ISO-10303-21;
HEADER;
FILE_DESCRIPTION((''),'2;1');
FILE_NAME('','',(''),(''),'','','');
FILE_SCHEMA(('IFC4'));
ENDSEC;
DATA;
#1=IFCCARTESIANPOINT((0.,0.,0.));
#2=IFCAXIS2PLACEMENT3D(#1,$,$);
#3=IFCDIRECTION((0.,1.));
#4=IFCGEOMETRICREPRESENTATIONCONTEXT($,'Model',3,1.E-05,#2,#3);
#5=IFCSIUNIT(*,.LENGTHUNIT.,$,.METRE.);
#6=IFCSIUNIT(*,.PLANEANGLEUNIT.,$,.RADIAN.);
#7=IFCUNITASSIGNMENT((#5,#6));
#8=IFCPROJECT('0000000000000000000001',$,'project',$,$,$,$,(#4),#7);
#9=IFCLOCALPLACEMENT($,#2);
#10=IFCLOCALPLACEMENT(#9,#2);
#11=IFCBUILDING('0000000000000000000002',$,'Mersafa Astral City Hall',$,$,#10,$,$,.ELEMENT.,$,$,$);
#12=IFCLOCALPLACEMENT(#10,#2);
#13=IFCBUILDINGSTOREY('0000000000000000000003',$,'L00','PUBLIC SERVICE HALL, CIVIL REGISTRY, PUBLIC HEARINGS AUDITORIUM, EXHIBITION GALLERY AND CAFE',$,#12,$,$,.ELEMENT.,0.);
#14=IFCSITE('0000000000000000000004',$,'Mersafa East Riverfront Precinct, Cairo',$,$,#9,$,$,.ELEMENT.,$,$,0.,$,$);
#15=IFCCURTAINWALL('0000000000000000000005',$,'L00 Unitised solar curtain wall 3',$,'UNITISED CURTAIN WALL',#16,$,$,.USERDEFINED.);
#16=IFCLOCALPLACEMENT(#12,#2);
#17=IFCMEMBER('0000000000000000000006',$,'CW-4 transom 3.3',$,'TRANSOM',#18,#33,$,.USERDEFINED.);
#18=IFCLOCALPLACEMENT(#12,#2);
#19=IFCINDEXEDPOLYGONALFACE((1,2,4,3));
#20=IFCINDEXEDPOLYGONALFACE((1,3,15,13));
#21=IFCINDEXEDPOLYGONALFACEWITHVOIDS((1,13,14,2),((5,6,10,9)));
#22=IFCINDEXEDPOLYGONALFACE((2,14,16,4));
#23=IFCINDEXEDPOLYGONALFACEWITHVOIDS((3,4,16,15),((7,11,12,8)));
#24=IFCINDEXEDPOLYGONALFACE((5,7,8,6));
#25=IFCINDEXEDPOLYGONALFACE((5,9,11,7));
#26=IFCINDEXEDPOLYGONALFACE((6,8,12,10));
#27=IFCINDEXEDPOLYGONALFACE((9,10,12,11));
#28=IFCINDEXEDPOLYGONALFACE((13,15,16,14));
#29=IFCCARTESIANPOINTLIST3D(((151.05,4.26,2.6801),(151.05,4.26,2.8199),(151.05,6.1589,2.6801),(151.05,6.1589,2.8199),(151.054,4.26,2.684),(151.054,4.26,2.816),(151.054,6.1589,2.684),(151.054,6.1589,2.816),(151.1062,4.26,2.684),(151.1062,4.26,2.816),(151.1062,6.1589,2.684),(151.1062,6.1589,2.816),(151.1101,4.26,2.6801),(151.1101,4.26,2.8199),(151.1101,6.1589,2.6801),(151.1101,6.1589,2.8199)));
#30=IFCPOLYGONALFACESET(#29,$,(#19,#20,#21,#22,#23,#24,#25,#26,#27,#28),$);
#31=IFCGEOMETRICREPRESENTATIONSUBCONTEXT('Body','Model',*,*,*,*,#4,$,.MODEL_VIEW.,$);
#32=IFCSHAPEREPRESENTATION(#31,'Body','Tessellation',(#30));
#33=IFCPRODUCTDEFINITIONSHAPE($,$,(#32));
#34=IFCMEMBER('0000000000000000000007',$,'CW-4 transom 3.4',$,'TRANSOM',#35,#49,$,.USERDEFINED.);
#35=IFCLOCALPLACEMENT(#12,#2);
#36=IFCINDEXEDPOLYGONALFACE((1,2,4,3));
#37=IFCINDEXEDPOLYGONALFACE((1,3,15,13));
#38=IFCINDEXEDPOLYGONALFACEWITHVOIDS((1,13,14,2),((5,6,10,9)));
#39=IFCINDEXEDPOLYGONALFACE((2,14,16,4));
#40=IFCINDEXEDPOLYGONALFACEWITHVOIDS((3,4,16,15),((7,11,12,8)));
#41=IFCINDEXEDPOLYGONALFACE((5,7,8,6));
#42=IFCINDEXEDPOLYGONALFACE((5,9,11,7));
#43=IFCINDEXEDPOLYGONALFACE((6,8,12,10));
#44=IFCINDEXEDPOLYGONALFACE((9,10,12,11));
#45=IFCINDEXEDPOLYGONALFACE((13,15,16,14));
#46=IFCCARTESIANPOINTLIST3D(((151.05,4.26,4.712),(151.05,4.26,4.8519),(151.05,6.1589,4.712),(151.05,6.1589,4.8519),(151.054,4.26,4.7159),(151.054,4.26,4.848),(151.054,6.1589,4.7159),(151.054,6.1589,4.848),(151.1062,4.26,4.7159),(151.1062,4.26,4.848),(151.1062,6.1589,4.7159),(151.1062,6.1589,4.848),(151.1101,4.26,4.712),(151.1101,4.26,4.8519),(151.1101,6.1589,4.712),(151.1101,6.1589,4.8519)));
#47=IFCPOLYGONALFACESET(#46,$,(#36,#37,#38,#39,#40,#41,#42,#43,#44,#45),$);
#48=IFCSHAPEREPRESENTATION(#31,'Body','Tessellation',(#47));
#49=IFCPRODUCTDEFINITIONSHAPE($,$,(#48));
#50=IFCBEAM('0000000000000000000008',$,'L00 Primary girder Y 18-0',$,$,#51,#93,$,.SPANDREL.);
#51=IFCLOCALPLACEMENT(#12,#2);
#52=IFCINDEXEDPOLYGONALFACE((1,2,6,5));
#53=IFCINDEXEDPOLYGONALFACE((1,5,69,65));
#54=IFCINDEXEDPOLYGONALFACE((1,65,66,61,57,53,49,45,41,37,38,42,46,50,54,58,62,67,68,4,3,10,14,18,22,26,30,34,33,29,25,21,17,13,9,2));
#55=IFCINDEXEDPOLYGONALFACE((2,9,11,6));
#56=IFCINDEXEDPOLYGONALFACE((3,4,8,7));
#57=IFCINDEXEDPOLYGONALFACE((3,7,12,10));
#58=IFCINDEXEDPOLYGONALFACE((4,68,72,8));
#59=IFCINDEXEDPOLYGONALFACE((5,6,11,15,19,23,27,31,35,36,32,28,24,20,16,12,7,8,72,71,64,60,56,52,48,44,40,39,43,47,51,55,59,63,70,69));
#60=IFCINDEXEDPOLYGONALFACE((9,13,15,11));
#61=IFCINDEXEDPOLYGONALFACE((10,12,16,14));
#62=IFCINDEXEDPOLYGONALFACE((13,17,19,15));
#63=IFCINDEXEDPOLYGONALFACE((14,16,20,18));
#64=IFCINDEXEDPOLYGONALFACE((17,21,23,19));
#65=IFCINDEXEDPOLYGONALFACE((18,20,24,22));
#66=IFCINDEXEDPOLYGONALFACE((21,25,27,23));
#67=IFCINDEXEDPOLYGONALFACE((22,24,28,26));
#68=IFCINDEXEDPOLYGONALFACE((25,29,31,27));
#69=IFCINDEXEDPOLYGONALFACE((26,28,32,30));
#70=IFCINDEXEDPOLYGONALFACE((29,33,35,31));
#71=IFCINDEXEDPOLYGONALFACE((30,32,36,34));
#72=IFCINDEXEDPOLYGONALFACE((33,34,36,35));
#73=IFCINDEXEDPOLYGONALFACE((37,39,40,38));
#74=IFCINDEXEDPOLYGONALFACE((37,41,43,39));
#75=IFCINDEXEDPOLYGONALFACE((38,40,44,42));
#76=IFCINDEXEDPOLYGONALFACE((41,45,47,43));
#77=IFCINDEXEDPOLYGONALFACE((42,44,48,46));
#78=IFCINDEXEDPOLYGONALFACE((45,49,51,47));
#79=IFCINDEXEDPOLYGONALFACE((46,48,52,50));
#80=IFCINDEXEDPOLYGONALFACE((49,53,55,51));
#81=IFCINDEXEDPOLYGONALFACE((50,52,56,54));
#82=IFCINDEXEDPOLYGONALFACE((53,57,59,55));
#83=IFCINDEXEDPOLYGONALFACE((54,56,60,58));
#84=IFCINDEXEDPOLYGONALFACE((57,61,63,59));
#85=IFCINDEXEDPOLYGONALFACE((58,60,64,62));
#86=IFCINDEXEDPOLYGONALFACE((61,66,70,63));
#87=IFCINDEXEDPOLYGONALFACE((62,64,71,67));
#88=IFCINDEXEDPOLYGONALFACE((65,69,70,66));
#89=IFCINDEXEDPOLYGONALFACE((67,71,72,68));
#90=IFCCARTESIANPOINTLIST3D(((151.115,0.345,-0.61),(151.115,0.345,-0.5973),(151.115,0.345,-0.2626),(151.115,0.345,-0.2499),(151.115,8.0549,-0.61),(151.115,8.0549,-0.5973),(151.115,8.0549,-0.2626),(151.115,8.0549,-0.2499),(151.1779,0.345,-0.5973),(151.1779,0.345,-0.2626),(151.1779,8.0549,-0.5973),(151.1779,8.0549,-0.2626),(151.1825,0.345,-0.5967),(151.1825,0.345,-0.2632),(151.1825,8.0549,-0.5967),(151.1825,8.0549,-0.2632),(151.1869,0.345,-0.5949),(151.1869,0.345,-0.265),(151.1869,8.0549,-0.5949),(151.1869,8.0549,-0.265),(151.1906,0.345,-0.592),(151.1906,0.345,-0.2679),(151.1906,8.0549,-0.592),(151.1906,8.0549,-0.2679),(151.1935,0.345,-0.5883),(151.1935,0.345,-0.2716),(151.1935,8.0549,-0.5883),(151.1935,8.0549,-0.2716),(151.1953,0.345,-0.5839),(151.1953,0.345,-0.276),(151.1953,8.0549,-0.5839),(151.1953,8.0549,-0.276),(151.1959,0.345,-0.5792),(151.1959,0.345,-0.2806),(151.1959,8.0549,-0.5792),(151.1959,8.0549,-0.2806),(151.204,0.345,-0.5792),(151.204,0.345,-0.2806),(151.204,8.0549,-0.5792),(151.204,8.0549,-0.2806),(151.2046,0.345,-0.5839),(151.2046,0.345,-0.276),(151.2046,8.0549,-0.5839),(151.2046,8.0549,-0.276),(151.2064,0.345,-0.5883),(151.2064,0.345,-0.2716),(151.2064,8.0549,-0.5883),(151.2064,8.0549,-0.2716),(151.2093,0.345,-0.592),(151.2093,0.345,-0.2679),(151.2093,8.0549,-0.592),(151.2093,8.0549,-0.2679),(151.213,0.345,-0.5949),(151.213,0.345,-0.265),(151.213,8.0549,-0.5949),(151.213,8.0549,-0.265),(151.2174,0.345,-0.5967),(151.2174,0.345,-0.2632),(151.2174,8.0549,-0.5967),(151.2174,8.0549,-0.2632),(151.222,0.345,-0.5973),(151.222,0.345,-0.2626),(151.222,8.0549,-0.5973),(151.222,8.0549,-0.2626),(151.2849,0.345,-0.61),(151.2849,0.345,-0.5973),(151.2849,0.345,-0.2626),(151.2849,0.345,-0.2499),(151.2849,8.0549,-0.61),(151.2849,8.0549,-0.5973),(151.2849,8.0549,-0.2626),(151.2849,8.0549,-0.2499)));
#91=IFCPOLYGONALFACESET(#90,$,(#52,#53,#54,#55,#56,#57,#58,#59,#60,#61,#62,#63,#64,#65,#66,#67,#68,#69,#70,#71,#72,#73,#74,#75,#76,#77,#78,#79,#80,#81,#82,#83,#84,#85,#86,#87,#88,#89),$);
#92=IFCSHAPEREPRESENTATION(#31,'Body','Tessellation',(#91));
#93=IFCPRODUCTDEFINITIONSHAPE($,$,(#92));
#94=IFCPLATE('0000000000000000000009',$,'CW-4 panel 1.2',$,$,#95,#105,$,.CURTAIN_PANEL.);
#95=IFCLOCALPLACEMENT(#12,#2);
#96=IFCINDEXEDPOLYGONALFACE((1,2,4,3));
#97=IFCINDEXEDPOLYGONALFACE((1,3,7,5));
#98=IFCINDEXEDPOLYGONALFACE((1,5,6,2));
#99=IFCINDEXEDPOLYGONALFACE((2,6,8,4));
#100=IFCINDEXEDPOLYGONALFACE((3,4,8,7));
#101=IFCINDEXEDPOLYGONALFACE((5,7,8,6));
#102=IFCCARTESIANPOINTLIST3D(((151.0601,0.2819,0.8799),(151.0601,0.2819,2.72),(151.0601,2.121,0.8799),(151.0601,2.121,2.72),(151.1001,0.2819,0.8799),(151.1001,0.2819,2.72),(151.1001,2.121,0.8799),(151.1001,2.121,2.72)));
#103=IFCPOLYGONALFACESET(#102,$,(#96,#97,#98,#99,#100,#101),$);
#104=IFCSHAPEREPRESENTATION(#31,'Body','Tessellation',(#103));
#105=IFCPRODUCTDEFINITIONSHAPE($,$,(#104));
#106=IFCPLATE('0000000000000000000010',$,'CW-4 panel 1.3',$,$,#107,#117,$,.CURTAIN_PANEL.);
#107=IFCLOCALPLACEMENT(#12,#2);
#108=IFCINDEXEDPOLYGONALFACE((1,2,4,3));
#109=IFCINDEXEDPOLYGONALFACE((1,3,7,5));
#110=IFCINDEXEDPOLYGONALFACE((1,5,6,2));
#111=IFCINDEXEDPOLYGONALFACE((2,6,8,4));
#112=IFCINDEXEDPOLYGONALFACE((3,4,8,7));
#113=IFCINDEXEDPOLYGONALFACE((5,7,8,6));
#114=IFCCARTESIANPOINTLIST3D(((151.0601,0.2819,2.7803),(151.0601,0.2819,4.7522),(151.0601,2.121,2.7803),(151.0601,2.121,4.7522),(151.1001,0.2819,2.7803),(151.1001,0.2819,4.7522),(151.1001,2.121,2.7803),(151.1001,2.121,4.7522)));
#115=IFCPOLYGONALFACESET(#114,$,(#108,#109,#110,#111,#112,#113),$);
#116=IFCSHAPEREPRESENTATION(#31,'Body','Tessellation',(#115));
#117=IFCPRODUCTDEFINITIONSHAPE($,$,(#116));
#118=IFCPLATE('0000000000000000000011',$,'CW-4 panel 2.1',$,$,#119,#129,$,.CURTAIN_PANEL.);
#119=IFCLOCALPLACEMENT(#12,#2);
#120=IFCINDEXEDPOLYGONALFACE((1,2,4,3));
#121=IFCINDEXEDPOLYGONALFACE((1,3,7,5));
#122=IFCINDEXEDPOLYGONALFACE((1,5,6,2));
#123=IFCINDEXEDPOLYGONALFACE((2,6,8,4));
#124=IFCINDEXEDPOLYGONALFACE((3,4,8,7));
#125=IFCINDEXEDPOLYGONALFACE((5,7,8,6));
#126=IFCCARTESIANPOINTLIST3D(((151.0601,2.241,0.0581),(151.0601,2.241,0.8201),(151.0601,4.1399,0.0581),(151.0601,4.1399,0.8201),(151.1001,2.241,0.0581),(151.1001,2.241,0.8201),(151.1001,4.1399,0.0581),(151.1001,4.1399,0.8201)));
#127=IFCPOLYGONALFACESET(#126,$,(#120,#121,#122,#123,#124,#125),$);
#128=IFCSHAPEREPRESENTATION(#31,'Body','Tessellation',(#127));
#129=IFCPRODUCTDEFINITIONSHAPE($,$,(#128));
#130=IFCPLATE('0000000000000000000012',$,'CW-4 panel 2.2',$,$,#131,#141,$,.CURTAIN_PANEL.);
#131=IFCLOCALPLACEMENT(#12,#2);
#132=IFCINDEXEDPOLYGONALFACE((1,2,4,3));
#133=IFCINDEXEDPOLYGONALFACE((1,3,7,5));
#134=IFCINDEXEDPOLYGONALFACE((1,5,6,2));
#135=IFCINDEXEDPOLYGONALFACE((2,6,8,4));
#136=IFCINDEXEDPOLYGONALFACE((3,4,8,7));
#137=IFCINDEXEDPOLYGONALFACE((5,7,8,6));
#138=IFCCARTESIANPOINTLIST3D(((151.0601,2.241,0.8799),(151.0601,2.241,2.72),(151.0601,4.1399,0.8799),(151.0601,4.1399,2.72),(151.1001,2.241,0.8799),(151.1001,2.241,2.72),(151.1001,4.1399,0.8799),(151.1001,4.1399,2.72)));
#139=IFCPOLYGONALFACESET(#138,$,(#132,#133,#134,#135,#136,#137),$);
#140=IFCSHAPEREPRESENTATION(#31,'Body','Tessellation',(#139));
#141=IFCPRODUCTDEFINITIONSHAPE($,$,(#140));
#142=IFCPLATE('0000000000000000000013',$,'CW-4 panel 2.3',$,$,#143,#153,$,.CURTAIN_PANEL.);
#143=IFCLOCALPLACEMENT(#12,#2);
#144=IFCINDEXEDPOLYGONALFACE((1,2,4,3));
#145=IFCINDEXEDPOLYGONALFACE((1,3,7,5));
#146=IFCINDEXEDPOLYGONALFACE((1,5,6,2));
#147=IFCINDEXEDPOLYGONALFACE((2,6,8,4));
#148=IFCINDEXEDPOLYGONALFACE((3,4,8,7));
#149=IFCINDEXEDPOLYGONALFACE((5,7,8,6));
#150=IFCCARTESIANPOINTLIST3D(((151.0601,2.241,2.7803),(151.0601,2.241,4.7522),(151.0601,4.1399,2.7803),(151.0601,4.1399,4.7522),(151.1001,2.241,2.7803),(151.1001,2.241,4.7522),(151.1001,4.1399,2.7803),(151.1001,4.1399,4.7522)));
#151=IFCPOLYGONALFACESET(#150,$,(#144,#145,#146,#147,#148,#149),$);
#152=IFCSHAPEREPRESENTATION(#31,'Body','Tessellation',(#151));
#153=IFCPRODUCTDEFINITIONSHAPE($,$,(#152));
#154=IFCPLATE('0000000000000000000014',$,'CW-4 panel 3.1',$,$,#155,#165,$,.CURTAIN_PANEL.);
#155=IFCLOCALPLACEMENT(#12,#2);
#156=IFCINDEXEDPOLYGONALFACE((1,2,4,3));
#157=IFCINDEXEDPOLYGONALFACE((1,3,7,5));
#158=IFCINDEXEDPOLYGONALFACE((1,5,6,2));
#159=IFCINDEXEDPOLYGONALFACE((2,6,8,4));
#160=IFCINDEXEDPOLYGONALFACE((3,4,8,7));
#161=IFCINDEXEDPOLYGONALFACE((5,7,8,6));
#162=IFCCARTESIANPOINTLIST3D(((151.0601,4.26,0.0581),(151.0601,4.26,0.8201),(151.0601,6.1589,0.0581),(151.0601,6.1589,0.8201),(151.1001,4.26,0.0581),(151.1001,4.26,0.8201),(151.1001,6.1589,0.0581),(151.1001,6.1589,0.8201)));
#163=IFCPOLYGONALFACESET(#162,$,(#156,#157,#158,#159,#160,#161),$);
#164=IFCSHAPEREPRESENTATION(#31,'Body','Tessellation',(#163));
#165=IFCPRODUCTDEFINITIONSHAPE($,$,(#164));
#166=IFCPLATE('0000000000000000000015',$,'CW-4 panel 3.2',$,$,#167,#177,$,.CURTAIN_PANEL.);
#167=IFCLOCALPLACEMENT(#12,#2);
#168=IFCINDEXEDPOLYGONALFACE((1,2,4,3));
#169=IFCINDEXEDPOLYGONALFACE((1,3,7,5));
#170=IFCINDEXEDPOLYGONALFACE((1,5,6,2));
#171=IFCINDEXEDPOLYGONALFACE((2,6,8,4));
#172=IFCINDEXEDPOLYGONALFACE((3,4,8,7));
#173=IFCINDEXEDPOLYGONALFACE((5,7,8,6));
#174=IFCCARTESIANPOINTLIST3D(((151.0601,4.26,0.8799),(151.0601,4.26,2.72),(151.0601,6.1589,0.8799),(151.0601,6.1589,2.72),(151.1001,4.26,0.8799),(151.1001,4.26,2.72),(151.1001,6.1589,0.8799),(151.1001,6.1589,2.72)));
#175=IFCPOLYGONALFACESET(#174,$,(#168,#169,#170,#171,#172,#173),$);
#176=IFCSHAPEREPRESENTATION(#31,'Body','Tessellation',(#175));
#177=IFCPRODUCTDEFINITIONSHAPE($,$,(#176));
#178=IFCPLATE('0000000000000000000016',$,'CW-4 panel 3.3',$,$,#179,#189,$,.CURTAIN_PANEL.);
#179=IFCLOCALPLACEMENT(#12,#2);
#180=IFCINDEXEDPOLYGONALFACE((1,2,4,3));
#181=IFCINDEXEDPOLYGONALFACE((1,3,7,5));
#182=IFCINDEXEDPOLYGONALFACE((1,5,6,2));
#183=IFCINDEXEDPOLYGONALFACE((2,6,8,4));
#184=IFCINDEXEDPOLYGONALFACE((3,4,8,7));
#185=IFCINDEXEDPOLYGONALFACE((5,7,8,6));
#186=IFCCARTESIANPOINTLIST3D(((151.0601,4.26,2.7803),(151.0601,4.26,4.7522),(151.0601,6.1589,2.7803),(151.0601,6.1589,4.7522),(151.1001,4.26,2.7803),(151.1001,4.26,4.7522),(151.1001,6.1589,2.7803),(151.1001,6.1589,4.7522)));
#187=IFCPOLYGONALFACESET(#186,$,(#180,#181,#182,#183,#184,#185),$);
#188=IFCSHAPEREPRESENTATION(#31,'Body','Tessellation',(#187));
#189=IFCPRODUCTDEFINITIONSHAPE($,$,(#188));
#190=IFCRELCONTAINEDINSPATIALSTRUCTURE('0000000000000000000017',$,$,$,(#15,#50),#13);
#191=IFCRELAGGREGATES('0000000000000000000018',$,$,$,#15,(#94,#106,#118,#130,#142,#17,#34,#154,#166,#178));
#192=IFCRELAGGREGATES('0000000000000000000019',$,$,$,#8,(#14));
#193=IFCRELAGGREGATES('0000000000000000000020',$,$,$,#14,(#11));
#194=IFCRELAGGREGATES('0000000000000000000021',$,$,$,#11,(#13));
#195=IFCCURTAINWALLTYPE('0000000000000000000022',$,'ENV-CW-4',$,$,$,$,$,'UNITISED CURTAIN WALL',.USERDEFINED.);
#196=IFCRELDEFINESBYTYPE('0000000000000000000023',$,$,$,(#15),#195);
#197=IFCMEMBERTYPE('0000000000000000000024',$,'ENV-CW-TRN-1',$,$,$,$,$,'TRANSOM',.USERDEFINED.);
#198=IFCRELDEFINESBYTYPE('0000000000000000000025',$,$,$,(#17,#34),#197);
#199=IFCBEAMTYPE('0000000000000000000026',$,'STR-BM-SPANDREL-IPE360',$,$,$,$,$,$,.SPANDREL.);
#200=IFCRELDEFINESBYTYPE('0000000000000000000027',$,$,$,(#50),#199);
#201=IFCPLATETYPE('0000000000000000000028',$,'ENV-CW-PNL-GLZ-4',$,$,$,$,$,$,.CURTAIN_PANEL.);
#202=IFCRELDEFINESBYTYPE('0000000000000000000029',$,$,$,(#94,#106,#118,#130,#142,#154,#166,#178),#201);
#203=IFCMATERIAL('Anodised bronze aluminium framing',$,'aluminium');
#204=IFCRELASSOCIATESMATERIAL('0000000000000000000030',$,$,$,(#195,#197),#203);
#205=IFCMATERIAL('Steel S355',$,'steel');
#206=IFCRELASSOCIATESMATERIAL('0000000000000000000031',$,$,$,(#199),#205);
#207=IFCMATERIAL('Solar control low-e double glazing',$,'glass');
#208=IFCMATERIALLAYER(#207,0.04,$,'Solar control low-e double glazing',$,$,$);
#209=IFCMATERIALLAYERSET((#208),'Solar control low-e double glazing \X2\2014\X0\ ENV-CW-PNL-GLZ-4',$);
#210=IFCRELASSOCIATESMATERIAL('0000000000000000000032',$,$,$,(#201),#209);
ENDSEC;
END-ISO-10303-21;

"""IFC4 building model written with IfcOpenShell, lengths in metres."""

from ifc_helpers import new_model, si_unit, direction, frame, origin, origin_2d, place, context, subcontext, project, spatial, rectangle, hollow_rectangle, i_section, extrude, material, layer, layer_set, material_profile, profile_set, type_object, element, aggregate, save


model = new_model("IFC4")

# Units and contexts
model_context = context("Model", 3, precision=1e-05, world=origin(), true_north=direction((0.0, 1.0)))
body_context = subcontext(model_context, "Body", "Model", "MODEL_VIEW")
ifc_project = project(units=[si_unit("LENGTHUNIT", "METRE"), si_unit("PLANEANGLEUNIT", "RADIAN")], contexts=[model_context])

# Site, building, storey
site_placement = place(None, origin())
site = spatial("IfcSite", under=ifc_project, at=site_placement, Name="Mersafa East Riverfront Precinct, Cairo", CompositionType="ELEMENT", RefElevation=0.0)
building_placement = place(site_placement, origin())
building = spatial("IfcBuilding", under=site, at=building_placement, Name="Mersafa Astral City Hall", CompositionType="ELEMENT")
storey_placement = place(building_placement, origin())
storey = spatial("IfcBuildingStorey", under=building, at=storey_placement, Name="L00", Description="PUBLIC SERVICE HALL, CIVIL REGISTRY, PUBLIC HEARINGS AUDITORIUM, EXHIBITION GALLERY AND CAFE", CompositionType="ELEMENT", Elevation=0.0)

# Shared definitions
ifc_material_1 = material(Name="Steel S355", Category="steel")

# Curtain wall, members
ifc_material_2 = material(Name="Anodised bronze aluminium framing", Category="aluminium")
curtain_wall_type = type_object("IfcCurtainWallType", Name="ENV-CW-4", ElementType="UNITISED CURTAIN WALL", PredefinedType="USERDEFINED", material=ifc_material_2)
curtain_wall_placement = place(storey_placement, origin())
curtain_wall = element("IfcCurtainWall", 1, at=curtain_wall_placement, inside=storey, type_object=curtain_wall_type, Name="L00 Unitised solar curtain wall 3", ObjectType="UNITISED CURTAIN WALL", PredefinedType="USERDEFINED")
ifc_material_profile_1 = material_profile(ifc_material_2, hollow_rectangle(XDim=0.0601, YDim=0.1399, WallThickness=0.0039, at=origin_2d()), Name="RHS 60x140x4")
ifc_profile_set_1 = profile_set([ifc_material_profile_1], Name="Anodised bronze aluminium framing")
member_type_1 = type_object("IfcMemberType", Name="ENV-CW-TRN-1", ElementType="TRANSOM", PredefinedType="USERDEFINED", material=ifc_profile_set_1)
member_1_placement = place(storey_placement, frame((151.0801, 4.26, 2.75), z_axis=(0.0, 1.0, 0.0), x_axis=(-1.0, 0.0, 0.0)))
member_1 = element("IfcMember", 2, at=member_1_placement, type_object=member_type_1, Name="CW-4 transom 3.3", ObjectType="TRANSOM", PredefinedType="USERDEFINED", context=body_context, shape_type="SweptSolid", body=[
    extrude(hollow_rectangle(XDim=0.0601, YDim=0.1399, WallThickness=0.0039, at=origin_2d()), origin(), (0.0, 0.0, 1.0), 1.8989),
])
member_2_placement = place(storey_placement, frame((151.0801, 4.26, 4.782), z_axis=(0.0, 1.0, 0.0), x_axis=(-1.0, 0.0, 0.0)))
member_2 = element("IfcMember", 3, at=member_2_placement, type_object=member_type_1, Name="CW-4 transom 3.4", ObjectType="TRANSOM", PredefinedType="USERDEFINED", context=body_context, shape_type="SweptSolid", body=[
    extrude(hollow_rectangle(XDim=0.0601, YDim=0.1399, WallThickness=0.0039, at=origin_2d()), origin(), (0.0, 0.0, 1.0), 1.8989),
])

# Beam
ifc_material_profile_2 = material_profile(ifc_material_1, i_section(OverallWidth=0.1699, OverallDepth=0.3601, WebThickness=0.0081, FlangeThickness=0.0127, FilletRadius=0.0181, at=origin_2d()), Name="IPE 360")
ifc_profile_set_2 = profile_set([ifc_material_profile_2], Name="Steel S355")
beam_type = type_object("IfcBeamType", Name="STR-BM-SPANDREL-IPE360", PredefinedType="SPANDREL", material=ifc_profile_set_2)
beam_placement = place(storey_placement, frame((151.2, 0.345, -0.4299), z_axis=(0.0, 1.0, 0.0), x_axis=(-1.0, 0.0, 0.0)))
element("IfcBeam", 4, at=beam_placement, inside=storey, type_object=beam_type, Name="L00 Primary girder Y 18-0", PredefinedType="SPANDREL", context=body_context, shape_type="SweptSolid", body=[
    extrude(i_section(OverallWidth=0.1699, OverallDepth=0.3601, WebThickness=0.0081, FlangeThickness=0.0127, FilletRadius=0.0181, at=origin_2d()), origin(), (0.0, 0.0, 1.0), 7.71),
])

# Plates
ifc_material_3 = material(Name="Solar control low-e double glazing", Category="glass")
ifc_layer = layer(ifc_material_3, 0.04, Name="Solar control low-e double glazing")
ifc_layer_set = layer_set([ifc_layer], Name="Solar control low-e double glazing — ENV-CW-PNL-GLZ-4")
plate_type = type_object("IfcPlateType", Name="ENV-CW-PNL-GLZ-4", PredefinedType="CURTAIN_PANEL", material=ifc_layer_set)
plate_1_placement = place(storey_placement, frame((151.0801, 1.2014, 0.8799), z_axis=(0.0, 0.0, 1.0), x_axis=(0.0, 1.0, 0.0)))
plate_1 = element("IfcPlate", 5, at=plate_1_placement, type_object=plate_type, Name="CW-4 panel 1.2", PredefinedType="CURTAIN_PANEL", context=body_context, shape_type="SweptSolid", body=[
    extrude(rectangle(XDim=1.8391, YDim=0.04, at=origin_2d()), origin(), (0.0, 0.0, 1.0), 1.8401),
])
plate_2_placement = place(storey_placement, frame((151.0801, 1.2014, 2.7803), z_axis=(0.0, 0.0, 1.0), x_axis=(0.0, 1.0, 0.0)))
plate_2 = element("IfcPlate", 6, at=plate_2_placement, type_object=plate_type, Name="CW-4 panel 1.3", PredefinedType="CURTAIN_PANEL", context=body_context, shape_type="SweptSolid", body=[
    extrude(rectangle(XDim=1.8391, YDim=0.04, at=origin_2d()), origin(), (0.0, 0.0, 1.0), 1.9719),
])
plate_3_placement = place(storey_placement, frame((151.0801, 3.1904, 0.0581), z_axis=(0.0, 0.0, 1.0), x_axis=(0.0, 1.0, 0.0)))
plate_3 = element("IfcPlate", 7, at=plate_3_placement, type_object=plate_type, Name="CW-4 panel 2.1", PredefinedType="CURTAIN_PANEL", context=body_context, shape_type="SweptSolid", body=[
    extrude(rectangle(XDim=1.8989, YDim=0.04, at=origin_2d()), origin(), (0.0, 0.0, 1.0), 0.762),
])
plate_4_placement = place(storey_placement, frame((151.0801, 3.1904, 0.8799), z_axis=(0.0, 0.0, 1.0), x_axis=(0.0, 1.0, 0.0)))
plate_4 = element("IfcPlate", 8, at=plate_4_placement, type_object=plate_type, Name="CW-4 panel 2.2", PredefinedType="CURTAIN_PANEL", context=body_context, shape_type="SweptSolid", body=[
    extrude(rectangle(XDim=1.8989, YDim=0.04, at=origin_2d()), origin(), (0.0, 0.0, 1.0), 1.8401),
])
plate_5_placement = place(storey_placement, frame((151.0801, 3.1904, 2.7803), z_axis=(0.0, 0.0, 1.0), x_axis=(0.0, 1.0, 0.0)))
plate_5 = element("IfcPlate", 9, at=plate_5_placement, type_object=plate_type, Name="CW-4 panel 2.3", PredefinedType="CURTAIN_PANEL", context=body_context, shape_type="SweptSolid", body=[
    extrude(rectangle(XDim=1.8989, YDim=0.04, at=origin_2d()), origin(), (0.0, 0.0, 1.0), 1.9719),
])
plate_6_placement = place(storey_placement, frame((151.0801, 5.2095, 0.0581), z_axis=(0.0, 0.0, 1.0), x_axis=(0.0, 1.0, 0.0)))
plate_6 = element("IfcPlate", 10, at=plate_6_placement, type_object=plate_type, Name="CW-4 panel 3.1", PredefinedType="CURTAIN_PANEL", context=body_context, shape_type="SweptSolid", body=[
    extrude(rectangle(XDim=1.8989, YDim=0.04, at=origin_2d()), origin(), (0.0, 0.0, 1.0), 0.762),
])
plate_7_placement = place(storey_placement, frame((151.0801, 5.2095, 0.8799), z_axis=(0.0, 0.0, 1.0), x_axis=(0.0, 1.0, 0.0)))
plate_7 = element("IfcPlate", 11, at=plate_7_placement, type_object=plate_type, Name="CW-4 panel 3.2", PredefinedType="CURTAIN_PANEL", context=body_context, shape_type="SweptSolid", body=[
    extrude(rectangle(XDim=1.8989, YDim=0.04, at=origin_2d()), origin(), (0.0, 0.0, 1.0), 1.8401),
])
plate_8_placement = place(storey_placement, frame((151.0801, 5.2095, 2.7803), z_axis=(0.0, 0.0, 1.0), x_axis=(0.0, 1.0, 0.0)))
plate_8 = element("IfcPlate", 12, at=plate_8_placement, type_object=plate_type, Name="CW-4 panel 3.3", PredefinedType="CURTAIN_PANEL", context=body_context, shape_type="SweptSolid", body=[
    extrude(rectangle(XDim=1.8989, YDim=0.04, at=origin_2d()), origin(), (0.0, 0.0, 1.0), 1.9719),
])
aggregate(curtain_wall, [plate_1, plate_2, plate_3, plate_4, plate_5, member_1, member_2, plate_6, plate_7, plate_8])

save(model, "model.ifc")
